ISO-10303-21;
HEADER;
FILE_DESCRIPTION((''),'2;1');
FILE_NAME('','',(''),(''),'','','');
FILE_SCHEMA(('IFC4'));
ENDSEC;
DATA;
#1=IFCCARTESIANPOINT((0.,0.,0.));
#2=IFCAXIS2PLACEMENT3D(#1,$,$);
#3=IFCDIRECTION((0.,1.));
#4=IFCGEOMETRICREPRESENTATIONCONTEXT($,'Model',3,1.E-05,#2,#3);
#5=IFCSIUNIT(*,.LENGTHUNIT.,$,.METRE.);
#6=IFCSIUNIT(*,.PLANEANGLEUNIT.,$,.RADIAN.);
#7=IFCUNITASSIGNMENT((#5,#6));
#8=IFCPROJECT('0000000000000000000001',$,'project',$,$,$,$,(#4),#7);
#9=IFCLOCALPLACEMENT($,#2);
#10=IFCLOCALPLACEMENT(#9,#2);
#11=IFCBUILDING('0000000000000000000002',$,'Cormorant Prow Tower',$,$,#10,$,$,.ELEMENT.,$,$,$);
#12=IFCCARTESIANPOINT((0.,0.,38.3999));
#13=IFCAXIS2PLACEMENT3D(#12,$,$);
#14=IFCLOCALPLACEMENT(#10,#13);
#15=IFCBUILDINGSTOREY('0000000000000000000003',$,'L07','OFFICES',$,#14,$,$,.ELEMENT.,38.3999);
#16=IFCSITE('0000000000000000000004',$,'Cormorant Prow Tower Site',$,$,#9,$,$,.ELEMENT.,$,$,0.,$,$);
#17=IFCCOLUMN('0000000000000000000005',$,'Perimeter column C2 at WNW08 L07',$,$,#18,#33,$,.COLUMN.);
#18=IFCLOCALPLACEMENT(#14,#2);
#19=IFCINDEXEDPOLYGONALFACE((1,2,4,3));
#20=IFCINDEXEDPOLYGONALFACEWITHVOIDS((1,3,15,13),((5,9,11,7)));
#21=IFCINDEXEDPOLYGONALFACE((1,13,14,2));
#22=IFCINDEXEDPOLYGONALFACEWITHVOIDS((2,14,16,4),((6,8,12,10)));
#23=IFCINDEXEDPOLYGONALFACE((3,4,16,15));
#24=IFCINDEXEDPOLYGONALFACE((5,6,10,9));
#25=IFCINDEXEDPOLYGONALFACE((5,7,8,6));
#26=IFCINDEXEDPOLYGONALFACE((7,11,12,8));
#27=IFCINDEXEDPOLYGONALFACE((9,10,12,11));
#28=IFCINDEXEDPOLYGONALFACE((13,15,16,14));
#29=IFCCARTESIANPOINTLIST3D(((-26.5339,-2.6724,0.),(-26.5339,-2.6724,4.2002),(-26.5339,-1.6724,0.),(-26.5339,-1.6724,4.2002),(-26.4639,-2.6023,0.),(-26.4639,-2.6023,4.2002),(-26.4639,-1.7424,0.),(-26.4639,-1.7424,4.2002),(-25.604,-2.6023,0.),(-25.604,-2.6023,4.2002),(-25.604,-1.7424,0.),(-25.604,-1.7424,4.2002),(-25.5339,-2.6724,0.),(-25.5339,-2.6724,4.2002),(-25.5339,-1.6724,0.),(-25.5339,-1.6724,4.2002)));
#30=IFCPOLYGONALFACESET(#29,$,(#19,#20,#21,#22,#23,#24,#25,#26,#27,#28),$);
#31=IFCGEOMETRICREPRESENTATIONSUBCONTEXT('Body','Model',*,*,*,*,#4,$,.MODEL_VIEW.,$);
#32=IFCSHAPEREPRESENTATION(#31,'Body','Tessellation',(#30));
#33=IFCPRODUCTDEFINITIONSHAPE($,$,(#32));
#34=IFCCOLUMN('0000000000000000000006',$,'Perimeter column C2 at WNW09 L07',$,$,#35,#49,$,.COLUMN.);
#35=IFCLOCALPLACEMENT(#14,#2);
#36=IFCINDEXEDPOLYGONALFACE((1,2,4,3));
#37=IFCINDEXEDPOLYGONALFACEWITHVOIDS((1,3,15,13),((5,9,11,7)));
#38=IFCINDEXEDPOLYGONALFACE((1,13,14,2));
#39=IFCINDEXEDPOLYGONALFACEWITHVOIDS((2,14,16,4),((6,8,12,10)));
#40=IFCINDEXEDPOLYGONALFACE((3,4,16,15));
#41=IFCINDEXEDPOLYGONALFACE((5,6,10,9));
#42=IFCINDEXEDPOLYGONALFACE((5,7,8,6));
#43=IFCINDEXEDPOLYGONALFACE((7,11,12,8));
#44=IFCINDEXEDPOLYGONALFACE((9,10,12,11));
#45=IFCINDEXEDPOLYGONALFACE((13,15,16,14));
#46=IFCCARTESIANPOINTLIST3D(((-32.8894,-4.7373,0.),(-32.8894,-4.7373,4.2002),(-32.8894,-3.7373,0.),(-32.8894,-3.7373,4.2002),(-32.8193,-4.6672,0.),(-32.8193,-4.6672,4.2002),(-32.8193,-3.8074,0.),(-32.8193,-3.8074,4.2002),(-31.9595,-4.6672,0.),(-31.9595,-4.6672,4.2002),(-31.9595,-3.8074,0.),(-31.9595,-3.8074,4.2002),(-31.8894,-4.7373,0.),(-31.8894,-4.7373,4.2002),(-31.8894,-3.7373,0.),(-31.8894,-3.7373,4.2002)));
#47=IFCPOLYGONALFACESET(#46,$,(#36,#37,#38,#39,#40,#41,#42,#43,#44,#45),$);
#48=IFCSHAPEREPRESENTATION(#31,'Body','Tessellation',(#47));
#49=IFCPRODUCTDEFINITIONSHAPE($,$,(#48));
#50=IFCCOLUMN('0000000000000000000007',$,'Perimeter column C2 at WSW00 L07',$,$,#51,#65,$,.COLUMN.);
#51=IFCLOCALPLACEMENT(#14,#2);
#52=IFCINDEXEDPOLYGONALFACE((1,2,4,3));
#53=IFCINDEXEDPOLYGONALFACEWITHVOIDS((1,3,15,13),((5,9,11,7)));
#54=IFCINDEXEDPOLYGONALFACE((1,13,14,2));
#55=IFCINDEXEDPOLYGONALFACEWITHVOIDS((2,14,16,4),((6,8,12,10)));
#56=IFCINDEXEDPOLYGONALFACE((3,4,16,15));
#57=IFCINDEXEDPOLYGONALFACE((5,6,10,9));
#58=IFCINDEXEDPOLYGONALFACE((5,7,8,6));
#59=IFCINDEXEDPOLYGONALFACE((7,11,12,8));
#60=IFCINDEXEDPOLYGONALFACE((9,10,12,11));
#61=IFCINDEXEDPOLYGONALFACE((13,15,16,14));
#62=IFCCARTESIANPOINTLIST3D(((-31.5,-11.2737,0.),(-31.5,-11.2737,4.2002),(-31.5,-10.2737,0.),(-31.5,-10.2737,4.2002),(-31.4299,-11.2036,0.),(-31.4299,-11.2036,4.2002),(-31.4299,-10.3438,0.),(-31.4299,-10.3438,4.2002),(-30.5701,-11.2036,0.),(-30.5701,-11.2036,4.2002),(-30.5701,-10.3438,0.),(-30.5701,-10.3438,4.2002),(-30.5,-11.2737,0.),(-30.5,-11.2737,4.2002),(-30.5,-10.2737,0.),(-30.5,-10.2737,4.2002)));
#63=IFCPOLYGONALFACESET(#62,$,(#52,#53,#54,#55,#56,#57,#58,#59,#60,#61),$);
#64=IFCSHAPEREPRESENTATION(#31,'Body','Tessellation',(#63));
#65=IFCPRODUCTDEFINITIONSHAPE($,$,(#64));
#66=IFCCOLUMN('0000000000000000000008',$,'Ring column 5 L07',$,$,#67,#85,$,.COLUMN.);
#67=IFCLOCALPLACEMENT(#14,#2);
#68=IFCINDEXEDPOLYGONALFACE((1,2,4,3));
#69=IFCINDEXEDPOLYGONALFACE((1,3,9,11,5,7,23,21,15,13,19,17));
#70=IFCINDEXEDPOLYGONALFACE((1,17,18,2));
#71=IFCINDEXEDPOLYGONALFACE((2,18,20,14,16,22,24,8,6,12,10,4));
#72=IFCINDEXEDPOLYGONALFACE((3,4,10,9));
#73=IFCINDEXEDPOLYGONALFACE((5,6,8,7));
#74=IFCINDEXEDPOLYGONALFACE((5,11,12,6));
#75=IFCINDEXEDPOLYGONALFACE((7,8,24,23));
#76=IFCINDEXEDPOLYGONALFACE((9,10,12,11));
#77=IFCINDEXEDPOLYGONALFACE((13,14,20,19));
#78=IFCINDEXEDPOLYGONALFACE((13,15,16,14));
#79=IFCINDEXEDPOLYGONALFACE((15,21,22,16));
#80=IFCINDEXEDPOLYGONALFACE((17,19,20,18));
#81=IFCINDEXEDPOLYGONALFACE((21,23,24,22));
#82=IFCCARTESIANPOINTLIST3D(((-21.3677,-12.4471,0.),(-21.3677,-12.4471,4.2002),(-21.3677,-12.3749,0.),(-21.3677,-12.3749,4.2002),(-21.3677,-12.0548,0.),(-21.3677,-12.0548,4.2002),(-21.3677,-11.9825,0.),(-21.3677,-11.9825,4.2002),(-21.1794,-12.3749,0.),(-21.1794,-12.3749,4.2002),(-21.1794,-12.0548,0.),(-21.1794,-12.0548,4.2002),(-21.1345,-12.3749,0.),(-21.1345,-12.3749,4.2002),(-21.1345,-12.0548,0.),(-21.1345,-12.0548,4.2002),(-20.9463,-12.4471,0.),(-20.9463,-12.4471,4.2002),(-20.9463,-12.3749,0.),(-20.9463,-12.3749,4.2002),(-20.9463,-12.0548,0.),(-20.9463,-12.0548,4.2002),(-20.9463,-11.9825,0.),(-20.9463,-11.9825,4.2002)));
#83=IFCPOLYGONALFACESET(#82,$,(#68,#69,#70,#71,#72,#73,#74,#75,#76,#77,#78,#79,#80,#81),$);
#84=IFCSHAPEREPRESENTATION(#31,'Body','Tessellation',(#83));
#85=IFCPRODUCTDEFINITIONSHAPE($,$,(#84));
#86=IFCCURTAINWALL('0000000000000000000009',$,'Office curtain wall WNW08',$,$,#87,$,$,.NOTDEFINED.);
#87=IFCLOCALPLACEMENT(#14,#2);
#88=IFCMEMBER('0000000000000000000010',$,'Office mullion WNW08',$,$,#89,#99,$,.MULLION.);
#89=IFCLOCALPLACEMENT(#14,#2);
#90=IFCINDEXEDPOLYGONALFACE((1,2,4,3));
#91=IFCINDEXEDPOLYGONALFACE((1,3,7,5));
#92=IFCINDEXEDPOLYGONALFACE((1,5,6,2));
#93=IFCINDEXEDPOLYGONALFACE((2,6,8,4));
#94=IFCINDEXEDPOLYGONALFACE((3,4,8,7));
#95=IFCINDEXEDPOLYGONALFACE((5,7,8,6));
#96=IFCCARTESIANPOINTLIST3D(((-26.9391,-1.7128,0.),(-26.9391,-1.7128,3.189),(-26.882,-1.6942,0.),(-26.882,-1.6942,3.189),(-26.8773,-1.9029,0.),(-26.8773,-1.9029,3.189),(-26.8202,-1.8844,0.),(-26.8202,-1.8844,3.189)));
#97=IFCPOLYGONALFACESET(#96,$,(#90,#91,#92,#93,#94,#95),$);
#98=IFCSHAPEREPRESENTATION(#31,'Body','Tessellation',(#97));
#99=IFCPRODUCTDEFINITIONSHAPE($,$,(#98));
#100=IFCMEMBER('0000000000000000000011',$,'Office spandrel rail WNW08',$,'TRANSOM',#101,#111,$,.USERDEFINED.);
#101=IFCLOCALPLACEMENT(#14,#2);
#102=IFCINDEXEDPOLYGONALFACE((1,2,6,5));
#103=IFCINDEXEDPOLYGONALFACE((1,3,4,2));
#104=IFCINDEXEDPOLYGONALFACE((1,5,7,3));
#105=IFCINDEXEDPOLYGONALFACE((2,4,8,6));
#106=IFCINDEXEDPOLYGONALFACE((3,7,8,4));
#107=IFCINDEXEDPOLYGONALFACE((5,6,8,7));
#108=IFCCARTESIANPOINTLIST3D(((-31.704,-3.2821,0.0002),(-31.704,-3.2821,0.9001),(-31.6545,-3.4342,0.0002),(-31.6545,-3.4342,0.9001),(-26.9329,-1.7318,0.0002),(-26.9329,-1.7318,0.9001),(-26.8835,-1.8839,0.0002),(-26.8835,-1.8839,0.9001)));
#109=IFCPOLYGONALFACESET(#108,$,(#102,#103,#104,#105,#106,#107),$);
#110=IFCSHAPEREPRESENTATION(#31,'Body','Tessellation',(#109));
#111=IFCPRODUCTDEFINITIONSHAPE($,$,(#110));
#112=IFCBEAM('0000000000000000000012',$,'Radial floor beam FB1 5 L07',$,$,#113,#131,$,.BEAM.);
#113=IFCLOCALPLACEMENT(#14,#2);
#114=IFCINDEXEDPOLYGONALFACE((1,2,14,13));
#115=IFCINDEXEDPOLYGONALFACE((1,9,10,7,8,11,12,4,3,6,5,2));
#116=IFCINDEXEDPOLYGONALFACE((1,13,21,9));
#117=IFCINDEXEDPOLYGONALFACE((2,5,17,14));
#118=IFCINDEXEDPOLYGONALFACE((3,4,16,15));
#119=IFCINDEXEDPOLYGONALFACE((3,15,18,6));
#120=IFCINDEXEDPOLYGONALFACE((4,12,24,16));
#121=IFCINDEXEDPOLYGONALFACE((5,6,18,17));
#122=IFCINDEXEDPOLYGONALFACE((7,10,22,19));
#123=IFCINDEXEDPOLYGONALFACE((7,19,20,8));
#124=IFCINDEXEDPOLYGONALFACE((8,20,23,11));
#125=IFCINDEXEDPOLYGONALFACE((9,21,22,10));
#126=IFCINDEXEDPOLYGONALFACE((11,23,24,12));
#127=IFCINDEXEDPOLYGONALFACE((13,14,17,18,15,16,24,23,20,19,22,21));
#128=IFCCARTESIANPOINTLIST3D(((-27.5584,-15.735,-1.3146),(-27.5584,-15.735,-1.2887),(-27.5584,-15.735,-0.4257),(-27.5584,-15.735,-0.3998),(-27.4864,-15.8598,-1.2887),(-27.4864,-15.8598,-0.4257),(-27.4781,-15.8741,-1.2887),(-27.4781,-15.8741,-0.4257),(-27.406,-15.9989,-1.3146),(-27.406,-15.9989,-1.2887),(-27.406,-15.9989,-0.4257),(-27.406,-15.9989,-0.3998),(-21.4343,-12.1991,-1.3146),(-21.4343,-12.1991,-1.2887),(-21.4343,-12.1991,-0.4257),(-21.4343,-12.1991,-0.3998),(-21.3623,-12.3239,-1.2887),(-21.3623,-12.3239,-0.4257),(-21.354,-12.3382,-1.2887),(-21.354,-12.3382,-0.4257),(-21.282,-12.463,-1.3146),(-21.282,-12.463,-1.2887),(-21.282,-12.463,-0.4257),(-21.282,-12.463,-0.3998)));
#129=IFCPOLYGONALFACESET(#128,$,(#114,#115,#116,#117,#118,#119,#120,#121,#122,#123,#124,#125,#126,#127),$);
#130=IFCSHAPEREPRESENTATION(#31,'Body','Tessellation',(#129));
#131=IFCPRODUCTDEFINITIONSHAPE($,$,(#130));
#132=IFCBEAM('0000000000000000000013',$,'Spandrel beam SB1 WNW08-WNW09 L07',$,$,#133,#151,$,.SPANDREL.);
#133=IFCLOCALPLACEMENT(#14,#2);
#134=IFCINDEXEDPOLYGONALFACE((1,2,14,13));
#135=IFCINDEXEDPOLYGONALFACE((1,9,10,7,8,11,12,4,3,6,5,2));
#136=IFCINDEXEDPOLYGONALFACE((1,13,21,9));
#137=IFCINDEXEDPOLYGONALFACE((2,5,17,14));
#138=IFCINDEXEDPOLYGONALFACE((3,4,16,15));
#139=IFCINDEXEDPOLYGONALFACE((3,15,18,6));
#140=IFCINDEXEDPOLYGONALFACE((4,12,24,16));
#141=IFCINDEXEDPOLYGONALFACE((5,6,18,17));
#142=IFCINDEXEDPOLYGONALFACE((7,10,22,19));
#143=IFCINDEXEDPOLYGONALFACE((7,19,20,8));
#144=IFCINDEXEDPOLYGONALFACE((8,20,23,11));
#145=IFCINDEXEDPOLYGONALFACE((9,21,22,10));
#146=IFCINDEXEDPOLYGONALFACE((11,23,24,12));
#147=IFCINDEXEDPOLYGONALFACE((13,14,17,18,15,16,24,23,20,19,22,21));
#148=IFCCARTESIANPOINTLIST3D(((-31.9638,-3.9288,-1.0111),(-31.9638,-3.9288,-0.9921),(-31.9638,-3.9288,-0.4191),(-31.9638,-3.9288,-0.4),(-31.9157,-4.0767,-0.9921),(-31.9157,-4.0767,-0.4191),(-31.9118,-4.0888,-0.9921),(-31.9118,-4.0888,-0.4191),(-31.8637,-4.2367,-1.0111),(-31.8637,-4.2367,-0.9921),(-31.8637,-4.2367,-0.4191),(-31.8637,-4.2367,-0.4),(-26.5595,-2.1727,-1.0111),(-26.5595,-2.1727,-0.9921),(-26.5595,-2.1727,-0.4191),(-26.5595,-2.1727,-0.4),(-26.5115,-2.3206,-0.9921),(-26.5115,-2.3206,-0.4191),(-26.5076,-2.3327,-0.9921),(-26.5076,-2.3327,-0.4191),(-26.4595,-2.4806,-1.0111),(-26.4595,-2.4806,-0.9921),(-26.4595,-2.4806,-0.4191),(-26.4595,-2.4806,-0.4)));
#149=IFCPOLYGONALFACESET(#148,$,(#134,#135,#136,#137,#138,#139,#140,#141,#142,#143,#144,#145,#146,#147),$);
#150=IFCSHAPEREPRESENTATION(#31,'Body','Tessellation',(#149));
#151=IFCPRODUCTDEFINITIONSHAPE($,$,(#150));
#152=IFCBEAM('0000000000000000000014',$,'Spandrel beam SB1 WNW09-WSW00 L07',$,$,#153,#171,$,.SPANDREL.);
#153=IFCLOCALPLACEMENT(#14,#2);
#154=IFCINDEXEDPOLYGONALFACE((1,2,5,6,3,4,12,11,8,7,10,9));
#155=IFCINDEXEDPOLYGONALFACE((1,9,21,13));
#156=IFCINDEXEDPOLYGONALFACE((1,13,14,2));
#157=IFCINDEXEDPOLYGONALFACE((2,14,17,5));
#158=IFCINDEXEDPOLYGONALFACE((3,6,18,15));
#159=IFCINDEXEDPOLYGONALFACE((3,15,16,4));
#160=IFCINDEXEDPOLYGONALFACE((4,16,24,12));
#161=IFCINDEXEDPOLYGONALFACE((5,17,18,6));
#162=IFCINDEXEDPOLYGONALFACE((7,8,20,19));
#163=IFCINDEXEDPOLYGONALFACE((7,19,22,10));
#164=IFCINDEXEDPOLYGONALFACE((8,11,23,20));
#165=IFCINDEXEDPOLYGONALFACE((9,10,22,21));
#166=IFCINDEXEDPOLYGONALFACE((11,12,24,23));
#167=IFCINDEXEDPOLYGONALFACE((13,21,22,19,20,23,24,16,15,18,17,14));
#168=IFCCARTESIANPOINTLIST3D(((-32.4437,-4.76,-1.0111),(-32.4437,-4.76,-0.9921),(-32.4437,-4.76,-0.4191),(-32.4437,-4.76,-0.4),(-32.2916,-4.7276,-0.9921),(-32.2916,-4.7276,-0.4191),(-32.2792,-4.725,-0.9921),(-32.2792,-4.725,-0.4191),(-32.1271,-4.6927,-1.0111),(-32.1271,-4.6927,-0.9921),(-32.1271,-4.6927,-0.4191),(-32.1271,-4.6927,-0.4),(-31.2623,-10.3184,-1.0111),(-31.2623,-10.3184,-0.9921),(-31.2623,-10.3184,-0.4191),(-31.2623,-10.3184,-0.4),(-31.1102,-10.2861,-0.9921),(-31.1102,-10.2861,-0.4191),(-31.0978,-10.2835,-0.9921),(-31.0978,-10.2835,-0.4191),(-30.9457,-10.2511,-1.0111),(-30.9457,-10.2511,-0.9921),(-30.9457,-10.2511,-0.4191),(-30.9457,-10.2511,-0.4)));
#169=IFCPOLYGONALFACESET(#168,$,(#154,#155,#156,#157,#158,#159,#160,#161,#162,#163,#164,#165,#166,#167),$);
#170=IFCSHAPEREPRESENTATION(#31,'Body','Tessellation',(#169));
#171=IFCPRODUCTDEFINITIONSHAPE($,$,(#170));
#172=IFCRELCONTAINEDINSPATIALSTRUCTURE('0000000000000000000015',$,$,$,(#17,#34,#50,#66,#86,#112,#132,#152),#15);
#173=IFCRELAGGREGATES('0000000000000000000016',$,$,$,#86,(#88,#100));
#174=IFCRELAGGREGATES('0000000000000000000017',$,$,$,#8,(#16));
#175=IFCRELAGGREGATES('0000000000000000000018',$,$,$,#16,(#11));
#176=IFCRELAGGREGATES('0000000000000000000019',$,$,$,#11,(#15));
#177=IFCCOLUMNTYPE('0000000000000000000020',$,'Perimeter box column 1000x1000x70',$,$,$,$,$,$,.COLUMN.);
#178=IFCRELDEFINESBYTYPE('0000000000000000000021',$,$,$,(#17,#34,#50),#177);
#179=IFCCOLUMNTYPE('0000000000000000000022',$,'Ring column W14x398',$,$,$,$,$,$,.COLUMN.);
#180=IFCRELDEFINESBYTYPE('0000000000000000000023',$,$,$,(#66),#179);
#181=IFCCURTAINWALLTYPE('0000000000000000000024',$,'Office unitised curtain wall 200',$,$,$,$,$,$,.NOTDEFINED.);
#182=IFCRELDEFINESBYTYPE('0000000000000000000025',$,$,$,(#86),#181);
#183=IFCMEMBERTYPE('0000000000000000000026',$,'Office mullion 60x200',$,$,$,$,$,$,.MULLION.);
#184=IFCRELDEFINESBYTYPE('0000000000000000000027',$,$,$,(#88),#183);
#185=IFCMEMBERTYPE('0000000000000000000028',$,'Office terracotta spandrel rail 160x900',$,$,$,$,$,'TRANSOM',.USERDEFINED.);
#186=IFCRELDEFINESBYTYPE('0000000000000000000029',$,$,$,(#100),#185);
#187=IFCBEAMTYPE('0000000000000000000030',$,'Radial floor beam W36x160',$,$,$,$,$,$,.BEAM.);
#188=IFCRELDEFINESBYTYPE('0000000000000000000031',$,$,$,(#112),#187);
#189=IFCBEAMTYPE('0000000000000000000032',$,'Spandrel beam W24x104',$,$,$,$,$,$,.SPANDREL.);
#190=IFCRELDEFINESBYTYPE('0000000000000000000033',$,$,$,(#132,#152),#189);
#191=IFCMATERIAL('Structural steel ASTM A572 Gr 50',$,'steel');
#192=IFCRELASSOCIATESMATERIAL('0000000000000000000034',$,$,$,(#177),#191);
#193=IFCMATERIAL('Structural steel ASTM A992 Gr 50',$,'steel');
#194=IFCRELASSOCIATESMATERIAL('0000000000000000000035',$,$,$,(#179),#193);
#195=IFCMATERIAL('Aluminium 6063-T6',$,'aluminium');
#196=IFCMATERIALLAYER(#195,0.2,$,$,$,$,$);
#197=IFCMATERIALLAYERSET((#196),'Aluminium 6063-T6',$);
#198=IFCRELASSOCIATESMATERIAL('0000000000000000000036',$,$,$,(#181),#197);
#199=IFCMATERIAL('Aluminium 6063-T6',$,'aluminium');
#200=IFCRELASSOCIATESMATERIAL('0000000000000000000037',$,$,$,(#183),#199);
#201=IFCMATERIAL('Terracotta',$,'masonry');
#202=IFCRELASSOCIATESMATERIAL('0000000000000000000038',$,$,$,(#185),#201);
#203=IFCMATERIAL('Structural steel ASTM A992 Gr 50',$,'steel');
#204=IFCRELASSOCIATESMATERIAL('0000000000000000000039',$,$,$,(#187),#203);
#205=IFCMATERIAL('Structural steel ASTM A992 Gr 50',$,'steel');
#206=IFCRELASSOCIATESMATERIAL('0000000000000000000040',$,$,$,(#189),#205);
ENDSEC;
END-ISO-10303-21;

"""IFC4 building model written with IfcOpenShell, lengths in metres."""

from ifc_helpers import new_model, si_unit, direction, frame, origin, origin_2d, place, context, subcontext, project, spatial, rectangle, hollow_rectangle, i_section, extrude, material, layer, layer_set, material_profile, profile_set, type_object, element, aggregate, save


model = new_model("IFC4")

# Units and contexts
model_context = context("Model", 3, precision=1e-05, world=origin(), true_north=direction((0.0, 1.0)))
body_context = subcontext(model_context, "Body", "Model", "MODEL_VIEW")
ifc_project = project(units=[si_unit("LENGTHUNIT", "METRE"), si_unit("PLANEANGLEUNIT", "RADIAN")], contexts=[model_context])

# Site, building, storey
site_placement = place(None, origin())
site = spatial("IfcSite", under=ifc_project, at=site_placement, Name="Cormorant Prow Tower Site", CompositionType="ELEMENT", RefElevation=0.0)
building_placement = place(site_placement, origin())
building = spatial("IfcBuilding", under=site, at=building_placement, Name="Cormorant Prow Tower", CompositionType="ELEMENT")
storey_placement = place(building_placement, frame((0.0, 0.0, 38.3999)))
storey = spatial("IfcBuildingStorey", under=building, at=storey_placement, Name="L07", Description="OFFICES", CompositionType="ELEMENT", Elevation=38.3999)

# Columns
ifc_material_1 = material(Name="Structural steel ASTM A572 Gr 50", Category="steel")
ifc_material_profile_1 = material_profile(ifc_material_1, hollow_rectangle(XDim=1.0, YDim=1.0, WallThickness=0.0701, at=origin_2d()), Name="Box 1000x1000x70")
ifc_profile_set_1 = profile_set([ifc_material_profile_1], Name="Structural steel ASTM A572 Gr 50")
column_type_1 = type_object("IfcColumnType", Name="Perimeter box column 1000x1000x70", PredefinedType="COLUMN", material=ifc_profile_set_1)
for number, where, z_axis, x_axis, name in (
    (1, (-26.0339, -2.1724, 0.0), (0.0, 0.0, 1.0), (1.0, 0.0, 0.0), "Perimeter column C2 at WNW08 L07"),
    (2, (-32.3894, -4.2373, 0.0), (0.0, 0.0, 1.0), (1.0, 0.0, 0.0), "Perimeter column C2 at WNW09 L07"),
    (3, (-31.0, -10.7737, 0.0), (0.0, 0.0, 1.0), (1.0, 0.0, 0.0), "Perimeter column C2 at WSW00 L07"),
):
    element("IfcColumn", number, at=place(storey_placement, frame(where, z_axis=z_axis, x_axis=x_axis)), inside=storey, type_object=column_type_1, Name=name, PredefinedType="COLUMN", context=body_context, shape_type="SweptSolid", body=[
        extrude(hollow_rectangle(XDim=1.0, YDim=1.0, WallThickness=0.0701, at=origin_2d()), origin(), (0.0, 0.0, 1.0), 4.2002),
    ])
ifc_material_2 = material(Name="Structural steel ASTM A992 Gr 50", Category="steel")
ifc_material_profile_2 = material_profile(ifc_material_2, i_section(OverallWidth=0.4214, OverallDepth=0.4646, WebThickness=0.0449, FlangeThickness=0.0723, at=origin_2d()), Name="W14x398")
ifc_profile_set_2 = profile_set([ifc_material_profile_2], Name="Structural steel ASTM A992 Gr 50")
column_type_2 = type_object("IfcColumnType", Name="Ring column W14x398", PredefinedType="COLUMN", material=ifc_profile_set_2)
column_placement = place(storey_placement, frame((-21.157, -12.2148, 0.0), z_axis=(0.0, 0.0, 1.0), x_axis=(1.0, 0.0, 0.0)))
element("IfcColumn", 4, at=column_placement, inside=storey, type_object=column_type_2, Name="Ring column 5 L07", PredefinedType="COLUMN", context=body_context, shape_type="SweptSolid", body=[
    extrude(i_section(OverallWidth=0.4214, OverallDepth=0.4646, WebThickness=0.0449, FlangeThickness=0.0723, at=origin_2d()), origin(), (0.0, 0.0, 1.0), 4.2002),
])

# Curtain wall, members
ifc_material_3 = material(Name="Aluminium 6063-T6", Category="aluminium")
ifc_layer_1 = layer(ifc_material_3, 0.2)
ifc_layer_set_1 = layer_set([ifc_layer_1], Name="Aluminium 6063-T6")
curtain_wall_type = type_object("IfcCurtainWallType", Name="Office unitised curtain wall 200", PredefinedType="NOTDEFINED", material=ifc_layer_set_1)
curtain_wall_placement = place(storey_placement, origin())
curtain_wall = element("IfcCurtainWall", 5, at=curtain_wall_placement, inside=storey, type_object=curtain_wall_type, Name="Office curtain wall WNW08", PredefinedType="NOTDEFINED")
ifc_material_4 = material(Name="Aluminium 6063-T6", Category="aluminium")
ifc_material_profile_3 = material_profile(ifc_material_4, rectangle(XDim=0.2, YDim=0.0601, at=origin_2d()), Name="Office mullion 60x200")
ifc_profile_set_3 = profile_set([ifc_material_profile_3], Name="Aluminium 6063-T6")
member_type_1 = type_object("IfcMemberType", Name="Office mullion 60x200", PredefinedType="MULLION", material=ifc_profile_set_3)
member_1_placement = place(storey_placement, frame((-26.8796, -1.7986, 0.0), z_axis=(0.0, 0.0, 1.0), x_axis=(0.309017, -0.951057, 0.0)))
member_1 = element("IfcMember", 6, at=member_1_placement, type_object=member_type_1, Name="Office mullion WNW08", PredefinedType="MULLION", context=body_context, shape_type="SweptSolid", body=[
    extrude(rectangle(XDim=0.2, YDim=0.0601, at=origin_2d()), origin(), (0.0, 0.0, 1.0), 3.189),
])
ifc_material_5 = material(Name="Terracotta", Category="masonry")
ifc_material_profile_4 = material_profile(ifc_material_5, rectangle(XDim=0.1599, YDim=0.8999, at=origin_2d()), Name="Office terracotta spandrel rail 160x900")
ifc_profile_set_4 = profile_set([ifc_material_profile_4], Name="Terracotta")
member_type_2 = type_object("IfcMemberType", Name="Office terracotta spandrel rail 160x900", ElementType="TRANSOM", PredefinedType="USERDEFINED", material=ifc_profile_set_4)
member_2_placement = place(storey_placement, frame((-26.9082, -1.8079, 0.4502), z_axis=(-0.951051, -0.309035, 0.0), x_axis=(0.309035, -0.951051, 0.0)))
member_2 = element("IfcMember", 7, at=member_2_placement, type_object=member_type_2, Name="Office spandrel rail WNW08", ObjectType="TRANSOM", PredefinedType="USERDEFINED", context=body_context, shape_type="SweptSolid", body=[
    extrude(rectangle(XDim=0.1599, YDim=0.8999, at=origin_2d()), origin(), (0.0, 0.0, 1.0), 5.0166),
])

# Beams
ifc_material_6 = material(Name="Structural steel ASTM A992 Gr 50", Category="steel")
ifc_material_profile_5 = material_profile(ifc_material_6, i_section(OverallWidth=0.3047, OverallDepth=0.9148, WebThickness=0.0166, FlangeThickness=0.0259, at=origin_2d()), Name="W36x160")
ifc_profile_set_5 = profile_set([ifc_material_profile_5], Name="Structural steel ASTM A992 Gr 50")
beam_type_1 = type_object("IfcBeamType", Name="Radial floor beam W36x160", PredefinedType="BEAM", material=ifc_profile_set_5)
beam_1_placement = place(storey_placement, frame((-21.3582, -12.3311, -0.8572), z_axis=(-0.866014, -0.500019, 0.0), x_axis=(0.500019, -0.866014, 0.0)))
element("IfcBeam", 8, at=beam_1_placement, inside=storey, type_object=beam_type_1, Name="Radial floor beam FB1 5 L07", PredefinedType="BEAM", context=body_context, shape_type="SweptSolid", body=[
    extrude(i_section(OverallWidth=0.3047, OverallDepth=0.9148, WebThickness=0.0166, FlangeThickness=0.0259, at=origin_2d()), origin(), (0.0, 0.0, 1.0), 7.0715),
])
ifc_material_7 = material(Name="Structural steel ASTM A992 Gr 50", Category="steel")
ifc_material_profile_6 = material_profile(ifc_material_7, i_section(OverallWidth=0.3237, OverallDepth=0.6111, WebThickness=0.0127, FlangeThickness=0.019, at=origin_2d()), Name="W24x104")
ifc_profile_set_6 = profile_set([ifc_material_profile_6], Name="Structural steel ASTM A992 Gr 50")
beam_type_2 = type_object("IfcBeamType", Name="Spandrel beam W24x104", PredefinedType="SPANDREL", material=ifc_profile_set_6)
beam_2_placement = place(storey_placement, frame((-26.5095, -2.3267, -0.7056), z_axis=(-0.951049, -0.309039, 0.0), x_axis=(0.309039, -0.951049, 0.0)))
element("IfcBeam", 9, at=beam_2_placement, inside=storey, type_object=beam_type_2, Name="Spandrel beam SB1 WNW08-WNW09 L07", PredefinedType="SPANDREL", context=body_context, shape_type="SweptSolid", body=[
    extrude(i_section(OverallWidth=0.3237, OverallDepth=0.6111, WebThickness=0.0127, FlangeThickness=0.019, at=origin_2d()), origin(), (0.0, 0.0, 1.0), 5.6824),
])
beam_3_placement = place(storey_placement, frame((-32.2854, -4.7263, -0.7056), z_axis=(0.2079, -0.97815, 0.0), x_axis=(0.97815, 0.2079, 0.0)))
element("IfcBeam", 10, at=beam_3_placement, inside=storey, type_object=beam_type_2, Name="Spandrel beam SB1 WNW09-WSW00 L07", PredefinedType="SPANDREL", context=body_context, shape_type="SweptSolid", body=[
    extrude(i_section(OverallWidth=0.3237, OverallDepth=0.6111, WebThickness=0.0127, FlangeThickness=0.019, at=origin_2d()), origin(), (0.0, 0.0, 1.0), 5.6826),
])

aggregate(curtain_wall, [member_1, member_2])

save(model, "model.ifc")
